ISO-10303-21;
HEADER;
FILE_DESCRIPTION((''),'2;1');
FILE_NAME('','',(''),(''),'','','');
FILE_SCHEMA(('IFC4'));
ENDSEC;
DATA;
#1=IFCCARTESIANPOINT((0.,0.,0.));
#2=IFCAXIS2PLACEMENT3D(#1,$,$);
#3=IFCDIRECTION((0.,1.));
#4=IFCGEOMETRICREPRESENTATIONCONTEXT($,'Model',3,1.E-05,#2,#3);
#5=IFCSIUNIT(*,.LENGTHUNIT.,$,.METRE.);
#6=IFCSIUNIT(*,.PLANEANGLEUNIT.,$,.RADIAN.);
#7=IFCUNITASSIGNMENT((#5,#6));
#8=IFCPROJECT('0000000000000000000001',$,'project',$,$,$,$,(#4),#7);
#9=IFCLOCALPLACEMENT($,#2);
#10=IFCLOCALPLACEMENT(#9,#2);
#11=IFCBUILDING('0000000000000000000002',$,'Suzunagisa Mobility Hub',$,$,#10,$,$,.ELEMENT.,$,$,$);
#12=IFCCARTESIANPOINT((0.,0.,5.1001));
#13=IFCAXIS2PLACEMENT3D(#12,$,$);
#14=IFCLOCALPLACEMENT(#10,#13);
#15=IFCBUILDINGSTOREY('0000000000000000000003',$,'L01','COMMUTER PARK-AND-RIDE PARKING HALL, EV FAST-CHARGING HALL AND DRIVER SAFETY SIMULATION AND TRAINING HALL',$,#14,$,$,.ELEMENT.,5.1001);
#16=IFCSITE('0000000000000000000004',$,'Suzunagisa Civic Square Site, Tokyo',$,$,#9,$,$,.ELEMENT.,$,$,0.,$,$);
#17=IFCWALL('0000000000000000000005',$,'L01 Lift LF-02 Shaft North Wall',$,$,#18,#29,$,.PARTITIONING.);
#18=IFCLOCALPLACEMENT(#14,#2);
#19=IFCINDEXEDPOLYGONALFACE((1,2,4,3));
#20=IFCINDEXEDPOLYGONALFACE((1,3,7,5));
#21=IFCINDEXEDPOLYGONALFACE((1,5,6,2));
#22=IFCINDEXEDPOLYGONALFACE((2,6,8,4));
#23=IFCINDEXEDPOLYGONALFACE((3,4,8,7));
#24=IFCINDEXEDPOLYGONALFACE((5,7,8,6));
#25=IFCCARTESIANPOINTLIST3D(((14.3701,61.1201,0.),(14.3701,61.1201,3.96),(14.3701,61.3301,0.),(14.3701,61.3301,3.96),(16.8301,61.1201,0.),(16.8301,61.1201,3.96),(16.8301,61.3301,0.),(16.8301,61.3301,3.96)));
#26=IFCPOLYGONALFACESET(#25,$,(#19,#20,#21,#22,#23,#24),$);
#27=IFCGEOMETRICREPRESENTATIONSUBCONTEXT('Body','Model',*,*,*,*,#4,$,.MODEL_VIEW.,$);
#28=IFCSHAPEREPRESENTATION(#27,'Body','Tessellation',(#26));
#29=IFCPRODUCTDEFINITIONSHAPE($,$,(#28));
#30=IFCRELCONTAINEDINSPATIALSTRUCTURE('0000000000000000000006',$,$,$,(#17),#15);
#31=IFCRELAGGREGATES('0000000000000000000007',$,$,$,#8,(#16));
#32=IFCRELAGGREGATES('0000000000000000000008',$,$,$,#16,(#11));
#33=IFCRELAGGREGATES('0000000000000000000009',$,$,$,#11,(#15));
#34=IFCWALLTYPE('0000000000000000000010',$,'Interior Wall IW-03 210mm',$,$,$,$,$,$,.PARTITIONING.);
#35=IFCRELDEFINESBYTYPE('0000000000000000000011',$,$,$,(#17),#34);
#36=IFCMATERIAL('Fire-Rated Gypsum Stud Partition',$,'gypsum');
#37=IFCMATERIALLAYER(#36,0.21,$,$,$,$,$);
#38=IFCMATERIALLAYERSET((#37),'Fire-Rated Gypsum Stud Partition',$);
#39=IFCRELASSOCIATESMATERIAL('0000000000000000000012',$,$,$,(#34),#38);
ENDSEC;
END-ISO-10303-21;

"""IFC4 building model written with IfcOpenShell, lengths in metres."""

from ifc_helpers import new_model, si_unit, direction, frame, frame_2d, origin, place, context, subcontext, project, spatial, rectangle, extrude, material, layer, layer_set, type_object, element, save


model = new_model("IFC4")

# Units and contexts
model_context = context("Model", 3, precision=1e-05, world=origin(), true_north=direction((0.0, 1.0)))
body_context = subcontext(model_context, "Body", "Model", "MODEL_VIEW")
ifc_project = project(units=[si_unit("LENGTHUNIT", "METRE"), si_unit("PLANEANGLEUNIT", "RADIAN")], contexts=[model_context])

# Site, building, storey
site_placement = place(None, origin())
site = spatial("IfcSite", under=ifc_project, at=site_placement, Name="Suzunagisa Civic Square Site, Tokyo", CompositionType="ELEMENT", RefElevation=0.0)
building_placement = place(site_placement, origin())
building = spatial("IfcBuilding", under=site, at=building_placement, Name="Suzunagisa Mobility Hub", CompositionType="ELEMENT")
storey_placement = place(building_placement, frame((0.0, 0.0, 5.1001)))
storey = spatial("IfcBuildingStorey", under=building, at=storey_placement, Name="L01", Description="COMMUTER PARK-AND-RIDE PARKING HALL, EV FAST-CHARGING HALL AND DRIVER SAFETY SIMULATION AND TRAINING HALL", CompositionType="ELEMENT", Elevation=5.1001)

# Shared definitions
ifc_material_1 = material(Name="Fire-Rated Gypsum Stud Partition", Category="gypsum")
ifc_layer_1 = layer(ifc_material_1, 0.21)
ifc_layer_set_1 = layer_set([ifc_layer_1], Name="Fire-Rated Gypsum Stud Partition")
wall_type_1 = type_object("IfcWallType", Name="Interior Wall IW-03 210mm", PredefinedType="PARTITIONING", material=ifc_layer_set_1)

# Wall
for number, where, z_axis, x_axis, name in (
    (1, (14.3701, 61.2251, 0.0), (0.0, 0.0, 1.0), (1.0, 0.0, 0.0), "L01 Lift LF-02 Shaft North Wall"),
):
    element("IfcWall", number, at=place(storey_placement, frame(where, z_axis=z_axis, x_axis=x_axis)), inside=storey, type_object=wall_type_1, Name=name, PredefinedType="PARTITIONING", context=body_context, shape_type="SweptSolid", body=[
        extrude(rectangle(XDim=2.46, YDim=0.21, at=frame_2d((1.23, 0.0))), origin(), (0.0, 0.0, 1.0), 3.96),
    ])

save(model, "model.ifc")
